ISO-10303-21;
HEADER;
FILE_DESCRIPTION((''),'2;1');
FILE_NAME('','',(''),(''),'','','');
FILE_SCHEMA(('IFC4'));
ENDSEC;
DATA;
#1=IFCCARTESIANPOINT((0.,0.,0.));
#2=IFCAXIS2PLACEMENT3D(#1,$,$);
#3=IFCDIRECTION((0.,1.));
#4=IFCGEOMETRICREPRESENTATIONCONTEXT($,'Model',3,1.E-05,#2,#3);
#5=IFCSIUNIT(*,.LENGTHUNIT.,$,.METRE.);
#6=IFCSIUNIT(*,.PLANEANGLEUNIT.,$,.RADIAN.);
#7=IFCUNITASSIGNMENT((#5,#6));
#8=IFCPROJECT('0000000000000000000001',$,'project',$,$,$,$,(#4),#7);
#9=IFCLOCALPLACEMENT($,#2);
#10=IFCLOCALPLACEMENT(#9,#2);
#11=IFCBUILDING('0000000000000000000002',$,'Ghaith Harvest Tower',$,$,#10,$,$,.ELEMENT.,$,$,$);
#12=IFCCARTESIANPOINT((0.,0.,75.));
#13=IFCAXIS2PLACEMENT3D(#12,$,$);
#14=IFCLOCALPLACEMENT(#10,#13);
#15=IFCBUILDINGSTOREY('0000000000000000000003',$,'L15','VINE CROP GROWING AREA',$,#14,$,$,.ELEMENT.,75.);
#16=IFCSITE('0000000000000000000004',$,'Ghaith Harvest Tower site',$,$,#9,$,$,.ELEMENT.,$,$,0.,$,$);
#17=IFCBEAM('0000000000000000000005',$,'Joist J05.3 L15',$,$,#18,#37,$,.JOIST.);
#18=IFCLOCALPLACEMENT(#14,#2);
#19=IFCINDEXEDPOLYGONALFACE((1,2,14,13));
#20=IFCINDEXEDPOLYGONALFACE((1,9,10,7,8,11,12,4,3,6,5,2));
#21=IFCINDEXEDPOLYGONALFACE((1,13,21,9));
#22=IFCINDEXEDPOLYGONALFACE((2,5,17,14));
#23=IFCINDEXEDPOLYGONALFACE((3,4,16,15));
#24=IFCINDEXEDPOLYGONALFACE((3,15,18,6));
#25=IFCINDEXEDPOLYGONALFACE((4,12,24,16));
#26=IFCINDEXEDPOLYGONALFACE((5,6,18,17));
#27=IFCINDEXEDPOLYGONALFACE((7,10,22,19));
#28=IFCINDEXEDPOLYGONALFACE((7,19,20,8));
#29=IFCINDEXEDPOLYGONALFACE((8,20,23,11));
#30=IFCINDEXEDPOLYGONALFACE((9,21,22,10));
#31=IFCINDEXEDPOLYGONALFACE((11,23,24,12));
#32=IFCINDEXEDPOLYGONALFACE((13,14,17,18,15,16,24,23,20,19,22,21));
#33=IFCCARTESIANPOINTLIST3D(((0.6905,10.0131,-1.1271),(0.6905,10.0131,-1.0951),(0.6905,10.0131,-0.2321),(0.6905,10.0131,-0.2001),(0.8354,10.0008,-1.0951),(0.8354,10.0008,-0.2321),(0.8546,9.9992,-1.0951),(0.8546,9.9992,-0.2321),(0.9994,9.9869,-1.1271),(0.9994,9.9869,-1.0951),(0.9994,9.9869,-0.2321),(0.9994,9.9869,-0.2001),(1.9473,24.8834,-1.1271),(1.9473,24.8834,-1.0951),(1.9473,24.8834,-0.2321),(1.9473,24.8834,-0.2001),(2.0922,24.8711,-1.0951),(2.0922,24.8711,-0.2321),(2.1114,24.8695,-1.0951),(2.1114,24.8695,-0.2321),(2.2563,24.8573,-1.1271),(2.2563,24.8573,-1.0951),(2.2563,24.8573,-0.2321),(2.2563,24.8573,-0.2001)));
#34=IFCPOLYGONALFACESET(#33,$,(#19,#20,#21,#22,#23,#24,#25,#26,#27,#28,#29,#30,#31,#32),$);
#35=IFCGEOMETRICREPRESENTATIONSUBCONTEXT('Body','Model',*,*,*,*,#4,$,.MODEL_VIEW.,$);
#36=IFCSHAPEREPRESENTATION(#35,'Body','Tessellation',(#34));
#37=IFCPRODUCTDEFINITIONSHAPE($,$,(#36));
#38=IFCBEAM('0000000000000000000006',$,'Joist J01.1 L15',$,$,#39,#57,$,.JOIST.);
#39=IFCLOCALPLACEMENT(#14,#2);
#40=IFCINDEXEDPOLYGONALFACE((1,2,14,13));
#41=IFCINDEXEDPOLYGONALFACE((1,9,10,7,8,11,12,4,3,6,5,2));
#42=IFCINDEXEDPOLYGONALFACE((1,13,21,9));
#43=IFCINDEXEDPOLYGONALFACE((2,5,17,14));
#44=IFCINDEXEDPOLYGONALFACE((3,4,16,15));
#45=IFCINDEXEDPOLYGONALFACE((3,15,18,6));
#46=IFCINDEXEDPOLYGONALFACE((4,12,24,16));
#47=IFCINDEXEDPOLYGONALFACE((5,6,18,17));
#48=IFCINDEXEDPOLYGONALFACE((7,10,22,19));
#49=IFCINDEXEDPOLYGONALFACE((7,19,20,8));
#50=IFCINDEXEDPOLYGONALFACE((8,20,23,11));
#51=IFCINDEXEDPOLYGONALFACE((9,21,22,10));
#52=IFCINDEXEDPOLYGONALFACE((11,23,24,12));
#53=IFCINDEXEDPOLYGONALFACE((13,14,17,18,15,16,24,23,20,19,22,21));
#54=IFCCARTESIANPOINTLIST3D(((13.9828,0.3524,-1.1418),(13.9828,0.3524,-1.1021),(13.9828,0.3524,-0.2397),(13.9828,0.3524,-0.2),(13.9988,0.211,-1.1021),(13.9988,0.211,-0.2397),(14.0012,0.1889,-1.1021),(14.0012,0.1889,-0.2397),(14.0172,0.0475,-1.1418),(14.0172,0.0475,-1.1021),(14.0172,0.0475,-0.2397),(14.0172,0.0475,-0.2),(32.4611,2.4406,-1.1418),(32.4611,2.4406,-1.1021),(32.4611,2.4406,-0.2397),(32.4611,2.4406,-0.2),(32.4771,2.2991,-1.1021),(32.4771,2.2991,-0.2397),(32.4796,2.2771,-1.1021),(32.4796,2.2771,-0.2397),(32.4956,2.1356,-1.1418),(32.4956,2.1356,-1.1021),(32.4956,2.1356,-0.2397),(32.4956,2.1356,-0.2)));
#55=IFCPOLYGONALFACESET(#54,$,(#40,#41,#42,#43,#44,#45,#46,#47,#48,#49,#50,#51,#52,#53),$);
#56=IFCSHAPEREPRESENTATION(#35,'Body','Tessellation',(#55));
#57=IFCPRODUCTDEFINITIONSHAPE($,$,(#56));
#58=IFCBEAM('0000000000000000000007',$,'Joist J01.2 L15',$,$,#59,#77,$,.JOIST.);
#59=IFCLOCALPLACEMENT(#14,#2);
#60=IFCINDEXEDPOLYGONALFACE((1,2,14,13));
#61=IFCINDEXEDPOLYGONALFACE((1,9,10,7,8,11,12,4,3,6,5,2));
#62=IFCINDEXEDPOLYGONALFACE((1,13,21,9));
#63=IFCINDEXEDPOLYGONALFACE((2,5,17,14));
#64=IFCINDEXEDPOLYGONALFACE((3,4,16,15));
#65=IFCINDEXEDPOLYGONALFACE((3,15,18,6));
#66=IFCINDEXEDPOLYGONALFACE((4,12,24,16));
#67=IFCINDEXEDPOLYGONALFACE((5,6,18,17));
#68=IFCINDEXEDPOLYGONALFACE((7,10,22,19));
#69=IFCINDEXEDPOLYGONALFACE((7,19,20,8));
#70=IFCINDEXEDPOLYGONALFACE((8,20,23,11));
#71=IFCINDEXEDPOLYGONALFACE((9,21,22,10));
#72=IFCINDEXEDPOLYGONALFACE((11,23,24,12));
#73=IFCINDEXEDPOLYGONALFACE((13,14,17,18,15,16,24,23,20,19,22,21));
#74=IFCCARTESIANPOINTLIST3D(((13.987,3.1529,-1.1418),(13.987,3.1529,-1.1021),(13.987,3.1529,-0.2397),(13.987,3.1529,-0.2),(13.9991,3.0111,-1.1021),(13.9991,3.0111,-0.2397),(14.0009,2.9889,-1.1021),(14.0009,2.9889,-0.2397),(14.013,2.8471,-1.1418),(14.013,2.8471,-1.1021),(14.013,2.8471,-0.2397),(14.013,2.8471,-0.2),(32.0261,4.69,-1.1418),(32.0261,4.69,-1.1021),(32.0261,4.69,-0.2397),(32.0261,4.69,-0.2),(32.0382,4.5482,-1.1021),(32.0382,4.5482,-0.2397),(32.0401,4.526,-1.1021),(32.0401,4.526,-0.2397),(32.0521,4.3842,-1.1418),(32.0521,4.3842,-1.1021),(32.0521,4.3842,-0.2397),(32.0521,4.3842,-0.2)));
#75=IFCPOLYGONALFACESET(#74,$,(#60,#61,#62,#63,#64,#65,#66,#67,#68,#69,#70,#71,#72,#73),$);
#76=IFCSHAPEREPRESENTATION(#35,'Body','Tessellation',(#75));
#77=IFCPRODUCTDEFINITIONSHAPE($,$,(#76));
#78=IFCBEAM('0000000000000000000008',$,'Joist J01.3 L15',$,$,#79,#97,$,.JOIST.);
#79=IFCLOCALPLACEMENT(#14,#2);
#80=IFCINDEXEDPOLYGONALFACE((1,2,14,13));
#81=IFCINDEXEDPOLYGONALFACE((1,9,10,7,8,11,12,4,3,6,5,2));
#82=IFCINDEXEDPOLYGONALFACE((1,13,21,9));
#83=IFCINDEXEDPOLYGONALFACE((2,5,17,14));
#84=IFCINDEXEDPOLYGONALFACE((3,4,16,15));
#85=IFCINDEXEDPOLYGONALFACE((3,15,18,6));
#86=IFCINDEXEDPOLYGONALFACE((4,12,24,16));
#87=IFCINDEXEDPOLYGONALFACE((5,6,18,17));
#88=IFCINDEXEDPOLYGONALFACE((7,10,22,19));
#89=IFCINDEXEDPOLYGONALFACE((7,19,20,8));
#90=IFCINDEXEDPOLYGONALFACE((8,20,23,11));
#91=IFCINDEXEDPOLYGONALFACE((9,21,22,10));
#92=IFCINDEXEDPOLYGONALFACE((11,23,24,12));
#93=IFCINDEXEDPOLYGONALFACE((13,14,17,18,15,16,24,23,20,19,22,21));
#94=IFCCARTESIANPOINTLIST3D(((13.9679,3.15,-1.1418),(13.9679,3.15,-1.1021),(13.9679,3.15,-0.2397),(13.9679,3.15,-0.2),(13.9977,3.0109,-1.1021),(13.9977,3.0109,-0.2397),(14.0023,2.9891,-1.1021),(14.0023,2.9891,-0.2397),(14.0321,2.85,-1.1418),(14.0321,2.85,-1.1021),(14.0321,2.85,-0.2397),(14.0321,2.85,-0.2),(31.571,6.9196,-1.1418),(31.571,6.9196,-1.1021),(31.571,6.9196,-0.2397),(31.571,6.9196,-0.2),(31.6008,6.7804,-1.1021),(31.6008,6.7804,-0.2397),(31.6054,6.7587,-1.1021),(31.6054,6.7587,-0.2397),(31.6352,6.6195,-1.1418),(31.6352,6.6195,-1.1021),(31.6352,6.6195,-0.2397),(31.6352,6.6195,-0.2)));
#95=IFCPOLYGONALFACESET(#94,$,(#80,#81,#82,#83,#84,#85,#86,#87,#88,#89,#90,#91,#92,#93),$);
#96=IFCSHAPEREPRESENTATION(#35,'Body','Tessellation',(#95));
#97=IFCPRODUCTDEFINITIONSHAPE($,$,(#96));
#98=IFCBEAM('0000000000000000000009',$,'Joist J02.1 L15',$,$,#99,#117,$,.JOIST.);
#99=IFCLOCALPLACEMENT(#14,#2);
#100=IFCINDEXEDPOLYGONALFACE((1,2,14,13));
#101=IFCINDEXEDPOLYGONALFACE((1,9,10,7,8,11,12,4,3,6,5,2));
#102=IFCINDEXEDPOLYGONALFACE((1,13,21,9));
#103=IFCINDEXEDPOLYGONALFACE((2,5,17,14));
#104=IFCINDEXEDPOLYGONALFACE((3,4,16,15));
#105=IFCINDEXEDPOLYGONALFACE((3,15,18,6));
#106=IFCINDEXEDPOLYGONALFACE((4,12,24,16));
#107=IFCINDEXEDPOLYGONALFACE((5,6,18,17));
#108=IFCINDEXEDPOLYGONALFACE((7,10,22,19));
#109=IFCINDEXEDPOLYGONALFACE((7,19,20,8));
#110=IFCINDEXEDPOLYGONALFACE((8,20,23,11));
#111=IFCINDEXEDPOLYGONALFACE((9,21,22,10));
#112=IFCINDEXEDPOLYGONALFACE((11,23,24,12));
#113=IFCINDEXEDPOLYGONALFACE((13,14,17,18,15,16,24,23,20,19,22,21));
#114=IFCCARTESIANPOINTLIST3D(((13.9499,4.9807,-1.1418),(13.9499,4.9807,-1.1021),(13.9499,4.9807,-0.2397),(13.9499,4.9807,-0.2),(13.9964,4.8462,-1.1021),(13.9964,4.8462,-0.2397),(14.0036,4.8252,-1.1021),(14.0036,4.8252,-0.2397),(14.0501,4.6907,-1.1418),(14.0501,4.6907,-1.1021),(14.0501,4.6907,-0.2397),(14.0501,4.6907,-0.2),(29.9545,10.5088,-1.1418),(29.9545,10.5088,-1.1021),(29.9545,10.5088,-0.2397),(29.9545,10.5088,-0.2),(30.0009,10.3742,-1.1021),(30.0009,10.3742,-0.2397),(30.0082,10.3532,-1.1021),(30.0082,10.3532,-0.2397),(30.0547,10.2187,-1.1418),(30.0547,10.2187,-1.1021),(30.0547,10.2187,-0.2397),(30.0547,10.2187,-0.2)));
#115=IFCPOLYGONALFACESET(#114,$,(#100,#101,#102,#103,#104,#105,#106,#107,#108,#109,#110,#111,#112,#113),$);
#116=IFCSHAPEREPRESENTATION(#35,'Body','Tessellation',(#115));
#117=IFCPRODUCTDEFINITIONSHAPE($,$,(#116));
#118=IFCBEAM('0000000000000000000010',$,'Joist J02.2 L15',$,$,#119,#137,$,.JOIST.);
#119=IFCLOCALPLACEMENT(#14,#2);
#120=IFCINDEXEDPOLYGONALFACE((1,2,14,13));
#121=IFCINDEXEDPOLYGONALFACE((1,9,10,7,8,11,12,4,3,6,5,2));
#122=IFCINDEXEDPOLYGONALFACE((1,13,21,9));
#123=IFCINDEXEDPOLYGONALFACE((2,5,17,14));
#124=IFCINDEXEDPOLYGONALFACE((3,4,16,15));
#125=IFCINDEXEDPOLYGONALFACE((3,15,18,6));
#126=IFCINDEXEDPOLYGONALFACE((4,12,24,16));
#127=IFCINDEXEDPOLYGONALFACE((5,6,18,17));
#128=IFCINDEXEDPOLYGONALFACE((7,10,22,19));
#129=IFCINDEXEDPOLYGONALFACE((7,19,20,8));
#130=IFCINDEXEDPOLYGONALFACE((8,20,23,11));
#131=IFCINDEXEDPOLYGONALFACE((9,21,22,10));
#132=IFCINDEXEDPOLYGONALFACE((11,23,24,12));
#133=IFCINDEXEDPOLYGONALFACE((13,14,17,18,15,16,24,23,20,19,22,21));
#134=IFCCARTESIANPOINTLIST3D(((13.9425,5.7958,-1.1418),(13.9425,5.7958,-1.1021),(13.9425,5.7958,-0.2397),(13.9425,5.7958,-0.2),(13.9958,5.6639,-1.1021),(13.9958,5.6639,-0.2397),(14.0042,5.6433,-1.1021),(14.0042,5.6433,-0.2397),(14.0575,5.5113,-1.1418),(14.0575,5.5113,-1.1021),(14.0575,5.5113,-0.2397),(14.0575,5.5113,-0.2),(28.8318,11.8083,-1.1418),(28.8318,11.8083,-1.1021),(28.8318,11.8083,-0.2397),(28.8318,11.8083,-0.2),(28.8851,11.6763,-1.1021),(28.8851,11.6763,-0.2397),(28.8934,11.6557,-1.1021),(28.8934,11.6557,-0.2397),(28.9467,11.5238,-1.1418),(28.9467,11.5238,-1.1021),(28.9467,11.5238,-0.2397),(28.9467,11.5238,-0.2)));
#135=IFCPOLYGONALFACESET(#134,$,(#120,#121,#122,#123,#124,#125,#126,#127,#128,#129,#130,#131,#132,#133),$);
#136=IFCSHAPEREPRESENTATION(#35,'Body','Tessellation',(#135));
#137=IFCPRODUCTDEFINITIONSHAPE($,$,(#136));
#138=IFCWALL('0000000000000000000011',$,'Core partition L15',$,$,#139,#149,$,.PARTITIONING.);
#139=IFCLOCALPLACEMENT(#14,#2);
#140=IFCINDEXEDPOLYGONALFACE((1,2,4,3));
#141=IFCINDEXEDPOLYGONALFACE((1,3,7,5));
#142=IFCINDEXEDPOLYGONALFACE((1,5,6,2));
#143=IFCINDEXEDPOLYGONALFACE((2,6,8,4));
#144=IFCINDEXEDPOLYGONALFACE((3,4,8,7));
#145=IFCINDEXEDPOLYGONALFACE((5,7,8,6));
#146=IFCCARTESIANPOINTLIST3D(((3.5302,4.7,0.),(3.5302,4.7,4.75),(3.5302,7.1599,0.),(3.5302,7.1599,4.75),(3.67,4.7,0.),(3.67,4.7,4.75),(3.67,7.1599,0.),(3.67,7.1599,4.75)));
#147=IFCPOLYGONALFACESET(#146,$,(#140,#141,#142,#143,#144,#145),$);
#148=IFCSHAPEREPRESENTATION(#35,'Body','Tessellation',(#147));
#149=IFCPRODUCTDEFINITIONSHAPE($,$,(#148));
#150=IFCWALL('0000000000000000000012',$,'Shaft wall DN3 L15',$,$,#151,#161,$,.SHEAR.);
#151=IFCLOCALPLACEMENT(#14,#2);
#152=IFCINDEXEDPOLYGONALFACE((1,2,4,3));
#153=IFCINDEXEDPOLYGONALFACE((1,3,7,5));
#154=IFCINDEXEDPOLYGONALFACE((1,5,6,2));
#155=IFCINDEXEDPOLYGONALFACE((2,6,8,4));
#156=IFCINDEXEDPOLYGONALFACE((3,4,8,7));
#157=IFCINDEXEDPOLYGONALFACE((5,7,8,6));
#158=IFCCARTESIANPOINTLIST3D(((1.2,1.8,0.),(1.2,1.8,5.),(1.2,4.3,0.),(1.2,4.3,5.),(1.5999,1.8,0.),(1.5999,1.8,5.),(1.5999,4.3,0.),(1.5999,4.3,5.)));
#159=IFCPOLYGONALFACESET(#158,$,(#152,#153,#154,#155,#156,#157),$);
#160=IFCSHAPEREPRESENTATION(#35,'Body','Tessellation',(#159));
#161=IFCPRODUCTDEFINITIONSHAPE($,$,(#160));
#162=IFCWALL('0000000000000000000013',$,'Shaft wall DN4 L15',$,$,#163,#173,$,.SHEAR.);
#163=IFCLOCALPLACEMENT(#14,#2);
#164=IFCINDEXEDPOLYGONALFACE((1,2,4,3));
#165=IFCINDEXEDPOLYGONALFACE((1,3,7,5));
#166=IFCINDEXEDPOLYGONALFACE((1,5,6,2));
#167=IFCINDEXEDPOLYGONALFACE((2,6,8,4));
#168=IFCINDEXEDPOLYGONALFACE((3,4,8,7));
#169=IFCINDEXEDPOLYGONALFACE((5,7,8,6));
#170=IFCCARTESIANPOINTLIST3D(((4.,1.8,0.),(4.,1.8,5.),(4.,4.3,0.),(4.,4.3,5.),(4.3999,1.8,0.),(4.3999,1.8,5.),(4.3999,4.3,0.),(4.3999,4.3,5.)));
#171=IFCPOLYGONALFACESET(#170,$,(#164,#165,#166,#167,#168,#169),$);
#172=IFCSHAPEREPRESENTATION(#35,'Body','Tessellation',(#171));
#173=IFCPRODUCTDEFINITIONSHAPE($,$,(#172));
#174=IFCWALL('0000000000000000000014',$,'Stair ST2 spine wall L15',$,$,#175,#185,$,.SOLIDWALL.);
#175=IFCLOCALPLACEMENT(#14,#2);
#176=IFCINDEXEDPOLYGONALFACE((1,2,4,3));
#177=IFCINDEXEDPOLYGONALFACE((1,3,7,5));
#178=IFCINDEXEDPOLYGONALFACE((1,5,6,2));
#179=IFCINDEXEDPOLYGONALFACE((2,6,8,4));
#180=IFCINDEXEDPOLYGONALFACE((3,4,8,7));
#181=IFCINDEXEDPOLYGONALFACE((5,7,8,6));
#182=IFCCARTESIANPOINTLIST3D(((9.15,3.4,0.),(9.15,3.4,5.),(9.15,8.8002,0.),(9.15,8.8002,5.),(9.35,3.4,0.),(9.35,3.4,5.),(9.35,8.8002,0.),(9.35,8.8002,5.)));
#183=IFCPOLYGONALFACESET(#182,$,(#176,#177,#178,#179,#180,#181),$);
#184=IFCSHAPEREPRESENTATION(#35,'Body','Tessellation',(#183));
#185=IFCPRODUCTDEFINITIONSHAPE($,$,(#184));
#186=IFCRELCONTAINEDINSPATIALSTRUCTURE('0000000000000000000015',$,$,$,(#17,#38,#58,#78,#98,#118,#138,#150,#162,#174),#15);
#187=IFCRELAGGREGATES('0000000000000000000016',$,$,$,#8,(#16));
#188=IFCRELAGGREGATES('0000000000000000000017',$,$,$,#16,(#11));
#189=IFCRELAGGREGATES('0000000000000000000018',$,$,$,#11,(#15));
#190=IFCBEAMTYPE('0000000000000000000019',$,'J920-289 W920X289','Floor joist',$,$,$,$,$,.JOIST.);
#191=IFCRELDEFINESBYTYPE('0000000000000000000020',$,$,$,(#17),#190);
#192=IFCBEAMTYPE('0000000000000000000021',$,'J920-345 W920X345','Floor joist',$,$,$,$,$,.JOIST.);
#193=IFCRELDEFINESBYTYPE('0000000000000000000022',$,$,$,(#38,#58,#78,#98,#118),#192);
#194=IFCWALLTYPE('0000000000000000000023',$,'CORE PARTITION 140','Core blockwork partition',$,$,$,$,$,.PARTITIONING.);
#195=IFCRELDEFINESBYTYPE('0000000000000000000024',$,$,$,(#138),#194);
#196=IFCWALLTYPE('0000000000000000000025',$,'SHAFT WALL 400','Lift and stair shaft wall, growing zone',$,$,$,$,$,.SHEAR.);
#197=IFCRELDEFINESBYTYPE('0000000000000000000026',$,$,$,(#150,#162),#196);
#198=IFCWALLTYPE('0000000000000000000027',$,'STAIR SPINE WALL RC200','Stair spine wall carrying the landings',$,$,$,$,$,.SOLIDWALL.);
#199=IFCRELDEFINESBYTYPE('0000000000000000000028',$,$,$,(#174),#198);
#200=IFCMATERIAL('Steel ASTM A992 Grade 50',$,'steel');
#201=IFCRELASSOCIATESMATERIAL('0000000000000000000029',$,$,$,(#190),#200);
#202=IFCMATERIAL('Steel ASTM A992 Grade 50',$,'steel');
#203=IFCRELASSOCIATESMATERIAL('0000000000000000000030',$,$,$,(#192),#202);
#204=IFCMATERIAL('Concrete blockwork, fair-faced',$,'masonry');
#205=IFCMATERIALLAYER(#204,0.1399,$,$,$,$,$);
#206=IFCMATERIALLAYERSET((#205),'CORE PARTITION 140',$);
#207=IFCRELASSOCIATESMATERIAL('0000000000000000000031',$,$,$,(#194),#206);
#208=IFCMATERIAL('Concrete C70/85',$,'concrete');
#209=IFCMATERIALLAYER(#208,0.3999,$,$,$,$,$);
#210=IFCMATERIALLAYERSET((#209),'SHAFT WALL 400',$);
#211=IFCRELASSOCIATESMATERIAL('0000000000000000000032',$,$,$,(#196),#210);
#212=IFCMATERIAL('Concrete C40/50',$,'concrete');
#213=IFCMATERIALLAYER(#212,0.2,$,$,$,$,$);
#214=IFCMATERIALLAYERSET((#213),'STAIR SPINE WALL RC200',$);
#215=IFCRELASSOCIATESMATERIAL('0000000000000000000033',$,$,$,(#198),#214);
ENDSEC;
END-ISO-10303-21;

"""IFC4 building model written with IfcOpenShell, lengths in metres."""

from ifc_helpers import new_model, si_unit, direction, frame, frame_2d, origin, origin_2d, place, context, subcontext, project, spatial, rectangle, i_section, extrude, material, layer, layer_set, material_profile, profile_set, type_object, element, save


model = new_model("IFC4")

# Units and contexts
model_context = context("Model", 3, precision=1e-05, world=origin(), true_north=direction((0.0, 1.0)))
body_context = subcontext(model_context, "Body", "Model", "MODEL_VIEW")
ifc_project = project(units=[si_unit("LENGTHUNIT", "METRE"), si_unit("PLANEANGLEUNIT", "RADIAN")], contexts=[model_context])

# Site, building, storey
site_placement = place(None, origin())
site = spatial("IfcSite", under=ifc_project, at=site_placement, Name="Ghaith Harvest Tower site", CompositionType="ELEMENT", RefElevation=0.0)
building_placement = place(site_placement, origin())
building = spatial("IfcBuilding", under=site, at=building_placement, Name="Ghaith Harvest Tower", CompositionType="ELEMENT")
storey_placement = place(building_placement, frame((0.0, 0.0, 75.0)))
storey = spatial("IfcBuildingStorey", under=building, at=storey_placement, Name="L15", Description="VINE CROP GROWING AREA", CompositionType="ELEMENT", Elevation=75.0)

# Beams
ifc_material_1 = material(Name="Steel ASTM A992 Grade 50", Category="steel")
ifc_material_profile_1 = material_profile(ifc_material_1, i_section(OverallWidth=0.3101, OverallDepth=0.927, WebThickness=0.0193, FlangeThickness=0.032, at=origin_2d()), Name="W920X289")
ifc_profile_set_1 = profile_set([ifc_material_profile_1], Name="Steel ASTM A992 Grade 50")
beam_type_1 = type_object("IfcBeamType", Name="J920-289 W920X289", Description="Floor joist", PredefinedType="JOIST", material=ifc_profile_set_1)
beam_1_placement = place(storey_placement, frame((0.845, 10.0, -0.6636), z_axis=(0.084219, 0.996447, 0.0), x_axis=(-0.996447, 0.084219, 0.0)))
element("IfcBeam", 1, at=beam_1_placement, inside=storey, type_object=beam_type_1, Name="Joist J05.3 L15", PredefinedType="JOIST", context=body_context, shape_type="SweptSolid", body=[
    extrude(i_section(OverallWidth=0.3101, OverallDepth=0.927, WebThickness=0.0193, FlangeThickness=0.032, at=origin_2d()), origin(), (0.0, 0.0, 1.0), 14.9233),
])
ifc_material_2 = material(Name="Steel ASTM A992 Grade 50", Category="steel")
ifc_material_profile_2 = material_profile(ifc_material_2, i_section(OverallWidth=0.3069, OverallDepth=0.9419, WebThickness=0.0222, FlangeThickness=0.0398, at=origin_2d()), Name="W920X345")
ifc_profile_set_2 = profile_set([ifc_material_profile_2], Name="Steel ASTM A992 Grade 50")
beam_type_2 = type_object("IfcBeamType", Name="J920-345 W920X345", Description="Floor joist", PredefinedType="JOIST", material=ifc_profile_set_2)
beam_2_placement = place(storey_placement, frame((14.0, 0.2, -0.6709), z_axis=(0.993675, 0.11229, 0.0), x_axis=(-0.11229, 0.993675, 0.0)))
element("IfcBeam", 2, at=beam_2_placement, inside=storey, type_object=beam_type_2, Name="Joist J01.1 L15", PredefinedType="JOIST", context=body_context, shape_type="SweptSolid", body=[
    extrude(i_section(OverallWidth=0.3069, OverallDepth=0.9419, WebThickness=0.0222, FlangeThickness=0.0398, at=origin_2d()), origin(), (0.0, 0.0, 1.0), 18.5959),
])
beam_3_placement = place(storey_placement, frame((14.0, 3.0, -0.6709), z_axis=(0.996389, 0.084902, 0.0), x_axis=(-0.084902, 0.996389, 0.0)))
element("IfcBeam", 3, at=beam_3_placement, inside=storey, type_object=beam_type_2, Name="Joist J01.2 L15", PredefinedType="JOIST", context=body_context, shape_type="SweptSolid", body=[
    extrude(i_section(OverallWidth=0.3069, OverallDepth=0.9419, WebThickness=0.0222, FlangeThickness=0.0398, at=origin_2d()), origin(), (0.0, 0.0, 1.0), 18.1045),
])
beam_4_placement = place(storey_placement, frame((14.0, 3.0, -0.6709), z_axis=(0.977831, 0.209394, 0.0), x_axis=(-0.209394, 0.977831, 0.0)))
element("IfcBeam", 4, at=beam_4_placement, inside=storey, type_object=beam_type_2, Name="Joist J01.3 L15", PredefinedType="JOIST", context=body_context, shape_type="SweptSolid", body=[
    extrude(i_section(OverallWidth=0.3069, OverallDepth=0.9419, WebThickness=0.0222, FlangeThickness=0.0398, at=origin_2d()), origin(), (0.0, 0.0, 1.0), 18.0022),
])
beam_5_placement = place(storey_placement, frame((14.0, 4.8357, -0.6709), z_axis=(0.945205, 0.326478, 0.0), x_axis=(-0.326478, 0.945205, 0.0)))
element("IfcBeam", 5, at=beam_5_placement, inside=storey, type_object=beam_type_2, Name="Joist J02.1 L15", PredefinedType="JOIST", context=body_context, shape_type="SweptSolid", body=[
    extrude(i_section(OverallWidth=0.3069, OverallDepth=0.9419, WebThickness=0.0222, FlangeThickness=0.0398, at=origin_2d()), origin(), (0.0, 0.0, 1.0), 16.9324),
])
beam_6_placement = place(storey_placement, frame((14.0, 5.6536, -0.6709), z_axis=(0.927252, 0.374437, 0.0), x_axis=(-0.374437, 0.927252, 0.0)))
element("IfcBeam", 6, at=beam_6_placement, inside=storey, type_object=beam_type_2, Name="Joist J02.2 L15", PredefinedType="JOIST", context=body_context, shape_type="SweptSolid", body=[
    extrude(i_section(OverallWidth=0.3069, OverallDepth=0.9419, WebThickness=0.0222, FlangeThickness=0.0398, at=origin_2d()), origin(), (0.0, 0.0, 1.0), 16.0574),
])

# Wall
ifc_material_3 = material(Name="Concrete blockwork, fair-faced", Category="masonry")
ifc_layer_1 = layer(ifc_material_3, 0.1399)
ifc_layer_set_1 = layer_set([ifc_layer_1], Name="CORE PARTITION 140")
wall_type_1 = type_object("IfcWallType", Name="CORE PARTITION 140", Description="Core blockwork partition", PredefinedType="PARTITIONING", material=ifc_layer_set_1)
wall_1_placement = place(storey_placement, frame((3.6001, 4.7, 0.0), z_axis=(0.0, 0.0, 1.0), x_axis=(0.0, 1.0, 0.0)))
element("IfcWall", 7, at=wall_1_placement, inside=storey, type_object=wall_type_1, Name="Core partition L15", PredefinedType="PARTITIONING", context=body_context, shape_type="SweptSolid", body=[
    extrude(rectangle(XDim=2.46, YDim=0.1399, at=frame_2d((1.23, 0.0))), origin(), (0.0, 0.0, 1.0), 4.75),
])

# Shared definitions
ifc_material_4 = material(Name="Concrete C70/85", Category="concrete")
ifc_layer_2 = layer(ifc_material_4, 0.3999)
ifc_layer_set_2 = layer_set([ifc_layer_2], Name="SHAFT WALL 400")
wall_type_2 = type_object("IfcWallType", Name="SHAFT WALL 400", Description="Lift and stair shaft wall, growing zone", PredefinedType="SHEAR", material=ifc_layer_set_2)

# Walls
for number, where, z_axis, x_axis, name in (
    (8, (1.3999, 1.8, 0.0), (0.0, 0.0, 1.0), (0.0, 1.0, 0.0), "Shaft wall DN3 L15"),
    (9, (4.2, 1.8, 0.0), (0.0, 0.0, 1.0), (0.0, 1.0, 0.0), "Shaft wall DN4 L15"),
):
    element("IfcWall", number, at=place(storey_placement, frame(where, z_axis=z_axis, x_axis=x_axis)), inside=storey, type_object=wall_type_2, Name=name, PredefinedType="SHEAR", context=body_context, shape_type="SweptSolid", body=[
        extrude(rectangle(XDim=2.5, YDim=0.3999, at=frame_2d((1.25, 0.0))), origin(), (0.0, 0.0, 1.0), 5.0),
    ])
ifc_material_5 = material(Name="Concrete C40/50", Category="concrete")
ifc_layer_3 = layer(ifc_material_5, 0.2)
ifc_layer_set_3 = layer_set([ifc_layer_3], Name="STAIR SPINE WALL RC200")
wall_type_3 = type_object("IfcWallType", Name="STAIR SPINE WALL RC200", Description="Stair spine wall carrying the landings", PredefinedType="SOLIDWALL", material=ifc_layer_set_3)
wall_2_placement = place(storey_placement, frame((9.25, 3.3999, 0.0), z_axis=(0.0, 0.0, 1.0), x_axis=(0.0, 1.0, 0.0)))
element("IfcWall", 10, at=wall_2_placement, inside=storey, type_object=wall_type_3, Name="Stair ST2 spine wall L15", PredefinedType="SOLIDWALL", context=body_context, shape_type="SweptSolid", body=[
    extrude(rectangle(XDim=5.4001, YDim=0.2, at=frame_2d((2.7002, 0.0))), origin(), (0.0, 0.0, 1.0), 5.0),
])

save(model, "model.ifc")
